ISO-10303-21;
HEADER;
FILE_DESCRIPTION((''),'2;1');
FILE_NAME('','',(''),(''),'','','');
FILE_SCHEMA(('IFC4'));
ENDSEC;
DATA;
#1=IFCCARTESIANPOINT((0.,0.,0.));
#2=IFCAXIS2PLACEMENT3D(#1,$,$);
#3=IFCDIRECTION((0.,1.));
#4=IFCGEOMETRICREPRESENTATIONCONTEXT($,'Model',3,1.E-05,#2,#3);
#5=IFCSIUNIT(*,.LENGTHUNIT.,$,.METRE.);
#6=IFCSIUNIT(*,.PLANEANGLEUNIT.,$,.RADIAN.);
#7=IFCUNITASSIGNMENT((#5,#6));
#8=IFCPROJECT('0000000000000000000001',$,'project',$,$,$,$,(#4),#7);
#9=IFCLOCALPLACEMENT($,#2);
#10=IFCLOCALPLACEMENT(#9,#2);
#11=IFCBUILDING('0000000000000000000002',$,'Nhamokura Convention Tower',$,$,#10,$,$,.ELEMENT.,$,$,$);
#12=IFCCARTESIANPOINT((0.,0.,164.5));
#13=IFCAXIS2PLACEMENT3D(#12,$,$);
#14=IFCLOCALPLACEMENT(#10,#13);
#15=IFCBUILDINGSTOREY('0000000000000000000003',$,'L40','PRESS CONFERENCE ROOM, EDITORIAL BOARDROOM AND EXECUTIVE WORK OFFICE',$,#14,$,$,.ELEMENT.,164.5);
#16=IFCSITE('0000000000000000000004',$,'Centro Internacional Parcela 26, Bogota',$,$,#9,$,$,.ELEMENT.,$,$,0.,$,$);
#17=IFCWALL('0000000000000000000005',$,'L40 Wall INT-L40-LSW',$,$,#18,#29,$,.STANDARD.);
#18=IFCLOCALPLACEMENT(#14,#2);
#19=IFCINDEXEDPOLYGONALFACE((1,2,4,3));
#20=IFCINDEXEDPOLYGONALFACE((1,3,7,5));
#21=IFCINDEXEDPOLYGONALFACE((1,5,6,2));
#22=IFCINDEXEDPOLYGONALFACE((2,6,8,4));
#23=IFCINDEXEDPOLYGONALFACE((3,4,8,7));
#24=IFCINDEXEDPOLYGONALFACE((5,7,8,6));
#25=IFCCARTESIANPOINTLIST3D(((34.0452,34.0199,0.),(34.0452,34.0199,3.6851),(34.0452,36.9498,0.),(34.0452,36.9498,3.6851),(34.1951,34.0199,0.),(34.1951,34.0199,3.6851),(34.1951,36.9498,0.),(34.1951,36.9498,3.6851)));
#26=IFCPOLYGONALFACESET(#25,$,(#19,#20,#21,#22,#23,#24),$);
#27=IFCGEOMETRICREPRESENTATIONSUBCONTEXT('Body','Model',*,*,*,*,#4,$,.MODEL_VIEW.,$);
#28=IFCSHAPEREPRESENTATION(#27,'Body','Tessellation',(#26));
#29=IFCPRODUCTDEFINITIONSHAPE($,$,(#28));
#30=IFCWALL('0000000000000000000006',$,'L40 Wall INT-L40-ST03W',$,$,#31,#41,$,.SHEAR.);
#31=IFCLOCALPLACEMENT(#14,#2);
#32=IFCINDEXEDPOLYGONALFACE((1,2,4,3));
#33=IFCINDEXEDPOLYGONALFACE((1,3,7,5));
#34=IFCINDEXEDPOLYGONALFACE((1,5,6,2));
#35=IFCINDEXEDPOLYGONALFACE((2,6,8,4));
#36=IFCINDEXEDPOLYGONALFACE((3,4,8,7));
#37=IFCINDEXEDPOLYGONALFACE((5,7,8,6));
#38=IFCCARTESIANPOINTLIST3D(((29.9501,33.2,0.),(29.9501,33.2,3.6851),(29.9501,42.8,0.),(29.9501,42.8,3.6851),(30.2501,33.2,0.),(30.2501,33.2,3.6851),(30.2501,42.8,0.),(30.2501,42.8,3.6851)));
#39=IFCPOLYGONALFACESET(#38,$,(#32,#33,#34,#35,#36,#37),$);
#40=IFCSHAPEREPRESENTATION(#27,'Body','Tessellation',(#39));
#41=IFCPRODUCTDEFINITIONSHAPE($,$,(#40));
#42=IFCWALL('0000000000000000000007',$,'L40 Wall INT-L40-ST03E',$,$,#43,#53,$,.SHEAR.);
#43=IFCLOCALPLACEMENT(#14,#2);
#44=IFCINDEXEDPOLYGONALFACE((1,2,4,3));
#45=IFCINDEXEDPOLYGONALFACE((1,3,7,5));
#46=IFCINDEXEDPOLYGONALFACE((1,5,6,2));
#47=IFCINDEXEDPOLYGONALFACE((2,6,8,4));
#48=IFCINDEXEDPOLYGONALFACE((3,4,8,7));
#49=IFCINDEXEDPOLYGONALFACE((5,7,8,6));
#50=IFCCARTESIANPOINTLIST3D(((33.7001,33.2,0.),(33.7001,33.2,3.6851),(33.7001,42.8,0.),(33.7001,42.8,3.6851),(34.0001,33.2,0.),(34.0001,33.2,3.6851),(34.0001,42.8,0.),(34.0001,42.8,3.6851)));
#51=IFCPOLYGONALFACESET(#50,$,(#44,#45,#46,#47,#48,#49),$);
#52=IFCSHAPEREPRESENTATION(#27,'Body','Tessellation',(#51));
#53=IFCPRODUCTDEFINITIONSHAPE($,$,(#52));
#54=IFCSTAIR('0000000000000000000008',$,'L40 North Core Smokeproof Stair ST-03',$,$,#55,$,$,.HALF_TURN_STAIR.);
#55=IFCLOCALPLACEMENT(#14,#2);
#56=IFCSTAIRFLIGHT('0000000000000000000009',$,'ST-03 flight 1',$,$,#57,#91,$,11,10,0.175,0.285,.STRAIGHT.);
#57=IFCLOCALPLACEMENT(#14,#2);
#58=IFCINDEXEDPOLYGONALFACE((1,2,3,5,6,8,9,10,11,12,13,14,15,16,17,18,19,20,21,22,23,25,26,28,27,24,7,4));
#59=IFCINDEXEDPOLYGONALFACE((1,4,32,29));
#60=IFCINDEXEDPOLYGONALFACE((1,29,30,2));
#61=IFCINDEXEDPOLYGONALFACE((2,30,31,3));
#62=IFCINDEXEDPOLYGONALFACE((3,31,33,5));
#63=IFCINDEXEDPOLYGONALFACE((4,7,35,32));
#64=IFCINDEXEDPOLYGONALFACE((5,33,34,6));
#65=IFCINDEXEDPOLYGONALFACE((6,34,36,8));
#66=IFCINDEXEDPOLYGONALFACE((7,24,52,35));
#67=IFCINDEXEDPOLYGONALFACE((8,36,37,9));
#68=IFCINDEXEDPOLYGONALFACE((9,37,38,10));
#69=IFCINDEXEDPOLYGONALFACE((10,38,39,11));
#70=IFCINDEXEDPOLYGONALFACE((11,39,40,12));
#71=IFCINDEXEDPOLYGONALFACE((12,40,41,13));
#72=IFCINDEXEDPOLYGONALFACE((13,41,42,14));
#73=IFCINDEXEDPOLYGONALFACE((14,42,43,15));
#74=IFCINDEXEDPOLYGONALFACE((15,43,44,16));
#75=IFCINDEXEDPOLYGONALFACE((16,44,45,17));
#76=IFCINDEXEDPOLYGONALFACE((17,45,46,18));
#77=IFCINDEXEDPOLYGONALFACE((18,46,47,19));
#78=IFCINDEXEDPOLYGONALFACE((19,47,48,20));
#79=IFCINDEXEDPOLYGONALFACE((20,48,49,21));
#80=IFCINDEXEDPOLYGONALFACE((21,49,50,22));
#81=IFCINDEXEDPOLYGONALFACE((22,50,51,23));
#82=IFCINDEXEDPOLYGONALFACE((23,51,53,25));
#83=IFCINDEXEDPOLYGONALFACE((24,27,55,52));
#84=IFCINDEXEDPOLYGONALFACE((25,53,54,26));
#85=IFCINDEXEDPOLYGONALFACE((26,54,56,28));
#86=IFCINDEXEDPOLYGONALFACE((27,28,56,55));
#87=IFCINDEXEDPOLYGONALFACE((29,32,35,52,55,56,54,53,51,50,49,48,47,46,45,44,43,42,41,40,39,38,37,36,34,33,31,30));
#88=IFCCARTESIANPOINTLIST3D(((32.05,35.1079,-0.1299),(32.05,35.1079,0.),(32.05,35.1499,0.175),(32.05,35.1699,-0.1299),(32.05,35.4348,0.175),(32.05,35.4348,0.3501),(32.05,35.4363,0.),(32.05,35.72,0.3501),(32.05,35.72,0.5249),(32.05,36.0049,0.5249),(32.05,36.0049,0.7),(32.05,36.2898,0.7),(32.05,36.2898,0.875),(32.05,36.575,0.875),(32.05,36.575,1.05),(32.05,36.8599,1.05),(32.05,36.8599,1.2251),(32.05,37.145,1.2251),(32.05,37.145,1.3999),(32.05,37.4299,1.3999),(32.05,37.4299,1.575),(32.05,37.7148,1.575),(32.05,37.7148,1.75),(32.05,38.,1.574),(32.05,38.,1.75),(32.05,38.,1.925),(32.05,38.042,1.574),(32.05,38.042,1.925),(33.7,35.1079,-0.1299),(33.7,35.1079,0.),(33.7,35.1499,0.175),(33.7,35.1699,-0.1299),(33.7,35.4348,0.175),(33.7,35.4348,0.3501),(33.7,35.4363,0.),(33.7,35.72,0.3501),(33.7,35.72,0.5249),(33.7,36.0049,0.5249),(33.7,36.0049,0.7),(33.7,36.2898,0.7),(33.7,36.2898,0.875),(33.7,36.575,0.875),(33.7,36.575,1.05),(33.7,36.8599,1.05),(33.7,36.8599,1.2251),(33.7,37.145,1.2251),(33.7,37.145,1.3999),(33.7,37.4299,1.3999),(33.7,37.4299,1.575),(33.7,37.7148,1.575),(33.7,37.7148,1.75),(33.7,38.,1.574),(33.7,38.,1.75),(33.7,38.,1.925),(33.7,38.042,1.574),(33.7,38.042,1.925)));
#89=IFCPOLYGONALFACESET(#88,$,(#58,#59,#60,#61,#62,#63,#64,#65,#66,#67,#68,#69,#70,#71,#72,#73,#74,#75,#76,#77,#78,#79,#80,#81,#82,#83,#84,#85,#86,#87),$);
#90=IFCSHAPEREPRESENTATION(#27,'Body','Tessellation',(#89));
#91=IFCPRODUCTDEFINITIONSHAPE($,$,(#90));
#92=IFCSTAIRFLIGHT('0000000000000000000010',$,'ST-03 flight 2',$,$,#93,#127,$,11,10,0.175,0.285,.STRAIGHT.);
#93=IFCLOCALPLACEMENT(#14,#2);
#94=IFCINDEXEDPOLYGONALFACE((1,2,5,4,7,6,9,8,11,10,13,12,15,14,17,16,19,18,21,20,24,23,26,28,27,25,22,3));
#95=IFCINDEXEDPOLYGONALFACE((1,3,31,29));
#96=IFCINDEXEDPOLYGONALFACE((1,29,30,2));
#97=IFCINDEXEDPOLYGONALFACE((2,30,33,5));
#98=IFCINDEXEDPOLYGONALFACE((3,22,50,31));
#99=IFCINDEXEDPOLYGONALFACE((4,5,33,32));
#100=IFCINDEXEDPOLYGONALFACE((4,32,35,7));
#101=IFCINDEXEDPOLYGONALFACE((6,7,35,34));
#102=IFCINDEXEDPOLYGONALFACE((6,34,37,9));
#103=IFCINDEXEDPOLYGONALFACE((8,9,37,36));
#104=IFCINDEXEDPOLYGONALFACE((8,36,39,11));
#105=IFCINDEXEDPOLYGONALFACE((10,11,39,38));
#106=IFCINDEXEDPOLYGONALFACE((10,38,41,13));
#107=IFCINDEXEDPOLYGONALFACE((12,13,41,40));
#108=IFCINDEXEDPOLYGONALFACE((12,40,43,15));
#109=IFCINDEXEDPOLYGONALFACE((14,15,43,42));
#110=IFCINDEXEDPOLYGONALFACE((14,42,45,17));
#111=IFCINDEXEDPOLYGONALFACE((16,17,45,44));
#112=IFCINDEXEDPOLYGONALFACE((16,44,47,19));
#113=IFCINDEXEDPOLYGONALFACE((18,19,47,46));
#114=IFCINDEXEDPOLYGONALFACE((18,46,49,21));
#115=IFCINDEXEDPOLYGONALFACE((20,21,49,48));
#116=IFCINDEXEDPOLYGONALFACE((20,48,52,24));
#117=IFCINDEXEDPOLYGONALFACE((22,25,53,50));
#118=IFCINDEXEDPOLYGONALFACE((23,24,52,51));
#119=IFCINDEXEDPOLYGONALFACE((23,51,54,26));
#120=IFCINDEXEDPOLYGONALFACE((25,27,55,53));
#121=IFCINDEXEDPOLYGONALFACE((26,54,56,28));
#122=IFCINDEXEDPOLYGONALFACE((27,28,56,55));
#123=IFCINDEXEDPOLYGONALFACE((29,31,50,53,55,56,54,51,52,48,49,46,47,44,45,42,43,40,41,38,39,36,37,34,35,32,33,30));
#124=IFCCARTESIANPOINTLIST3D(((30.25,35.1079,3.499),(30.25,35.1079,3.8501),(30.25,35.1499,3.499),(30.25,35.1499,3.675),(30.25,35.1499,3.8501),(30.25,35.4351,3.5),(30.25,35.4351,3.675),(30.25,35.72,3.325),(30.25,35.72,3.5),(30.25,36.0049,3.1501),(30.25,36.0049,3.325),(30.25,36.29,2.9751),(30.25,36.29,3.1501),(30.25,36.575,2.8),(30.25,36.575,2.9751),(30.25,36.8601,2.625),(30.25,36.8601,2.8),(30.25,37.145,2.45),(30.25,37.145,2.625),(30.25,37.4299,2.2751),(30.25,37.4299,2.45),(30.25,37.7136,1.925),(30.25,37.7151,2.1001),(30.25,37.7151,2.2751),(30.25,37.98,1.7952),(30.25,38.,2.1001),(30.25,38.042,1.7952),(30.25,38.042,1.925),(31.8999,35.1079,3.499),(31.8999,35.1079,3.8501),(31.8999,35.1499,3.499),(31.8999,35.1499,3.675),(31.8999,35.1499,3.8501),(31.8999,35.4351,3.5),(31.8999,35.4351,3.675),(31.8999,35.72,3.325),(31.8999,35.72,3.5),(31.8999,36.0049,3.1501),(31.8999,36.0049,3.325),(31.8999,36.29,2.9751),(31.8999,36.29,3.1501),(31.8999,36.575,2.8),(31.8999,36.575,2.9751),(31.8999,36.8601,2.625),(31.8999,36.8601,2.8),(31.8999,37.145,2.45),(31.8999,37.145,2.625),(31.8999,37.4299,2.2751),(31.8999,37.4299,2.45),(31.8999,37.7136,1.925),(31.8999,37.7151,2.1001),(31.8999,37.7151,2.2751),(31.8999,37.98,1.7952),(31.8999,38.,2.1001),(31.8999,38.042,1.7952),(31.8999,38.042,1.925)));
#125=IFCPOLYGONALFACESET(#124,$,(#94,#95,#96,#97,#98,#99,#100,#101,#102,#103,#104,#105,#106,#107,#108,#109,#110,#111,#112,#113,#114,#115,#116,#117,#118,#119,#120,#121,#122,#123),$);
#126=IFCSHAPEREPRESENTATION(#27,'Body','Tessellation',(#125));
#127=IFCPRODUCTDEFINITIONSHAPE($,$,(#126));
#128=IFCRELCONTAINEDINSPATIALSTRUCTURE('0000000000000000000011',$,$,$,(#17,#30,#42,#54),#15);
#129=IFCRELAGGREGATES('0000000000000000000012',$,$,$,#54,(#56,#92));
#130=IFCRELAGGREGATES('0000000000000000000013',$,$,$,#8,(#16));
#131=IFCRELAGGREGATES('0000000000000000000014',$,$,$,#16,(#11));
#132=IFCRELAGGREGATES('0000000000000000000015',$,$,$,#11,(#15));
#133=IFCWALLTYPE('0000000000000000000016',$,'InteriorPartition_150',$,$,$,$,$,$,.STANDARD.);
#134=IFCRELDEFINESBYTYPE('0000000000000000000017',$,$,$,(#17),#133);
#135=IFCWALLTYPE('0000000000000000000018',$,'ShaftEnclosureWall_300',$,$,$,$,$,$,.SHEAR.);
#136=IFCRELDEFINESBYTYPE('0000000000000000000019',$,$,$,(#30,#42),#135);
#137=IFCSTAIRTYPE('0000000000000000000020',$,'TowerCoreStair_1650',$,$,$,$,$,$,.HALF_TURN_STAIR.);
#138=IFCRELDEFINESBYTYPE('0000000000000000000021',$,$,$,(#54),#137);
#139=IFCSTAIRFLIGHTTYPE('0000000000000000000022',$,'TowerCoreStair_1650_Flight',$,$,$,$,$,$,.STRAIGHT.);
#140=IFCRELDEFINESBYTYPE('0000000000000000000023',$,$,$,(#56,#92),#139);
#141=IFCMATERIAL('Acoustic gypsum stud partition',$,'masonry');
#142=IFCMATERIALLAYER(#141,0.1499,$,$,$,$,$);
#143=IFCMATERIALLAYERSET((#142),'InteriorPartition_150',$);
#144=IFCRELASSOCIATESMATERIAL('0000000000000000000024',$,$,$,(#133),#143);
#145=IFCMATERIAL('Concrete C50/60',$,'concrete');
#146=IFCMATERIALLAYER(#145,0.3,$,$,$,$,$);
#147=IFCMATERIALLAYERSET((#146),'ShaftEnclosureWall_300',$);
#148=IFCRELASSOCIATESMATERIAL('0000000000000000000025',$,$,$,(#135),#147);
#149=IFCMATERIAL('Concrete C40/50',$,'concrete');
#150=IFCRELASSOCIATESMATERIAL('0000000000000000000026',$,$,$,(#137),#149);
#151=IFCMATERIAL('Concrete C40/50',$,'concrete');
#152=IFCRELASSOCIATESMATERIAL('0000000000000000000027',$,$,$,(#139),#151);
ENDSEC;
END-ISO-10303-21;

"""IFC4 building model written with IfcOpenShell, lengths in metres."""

from ifc_helpers import new_model, si_unit, direction, frame, frame_2d, origin, place, context, subcontext, project, spatial, polyline, rectangle, outline, extrude, material, layer, layer_set, type_object, element, aggregate, save


model = new_model("IFC4")

# Units and contexts
model_context = context("Model", 3, precision=1e-05, world=origin(), true_north=direction((0.0, 1.0)))
body_context = subcontext(model_context, "Body", "Model", "MODEL_VIEW")
ifc_project = project(units=[si_unit("LENGTHUNIT", "METRE"), si_unit("PLANEANGLEUNIT", "RADIAN")], contexts=[model_context])

# Site, building, storey
site_placement = place(None, origin())
site = spatial("IfcSite", under=ifc_project, at=site_placement, Name="Centro Internacional Parcela 26, Bogota", CompositionType="ELEMENT", RefElevation=0.0)
building_placement = place(site_placement, origin())
building = spatial("IfcBuilding", under=site, at=building_placement, Name="Nhamokura Convention Tower", CompositionType="ELEMENT")
storey_placement = place(building_placement, frame((0.0, 0.0, 164.5)))
storey = spatial("IfcBuildingStorey", under=building, at=storey_placement, Name="L40", Description="PRESS CONFERENCE ROOM, EDITORIAL BOARDROOM AND EXECUTIVE WORK OFFICE", CompositionType="ELEMENT", Elevation=164.5)

# Shared definitions
ifc_material_1 = material(Name="Acoustic gypsum stud partition", Category="masonry")
ifc_layer_1 = layer(ifc_material_1, 0.1499)
ifc_layer_set_1 = layer_set([ifc_layer_1], Name="InteriorPartition_150")
wall_type_1 = type_object("IfcWallType", Name="InteriorPartition_150", PredefinedType="STANDARD", material=ifc_layer_set_1)

# Walls
wall_1_placement = place(storey_placement, frame((34.1201, 34.02, 0.0), z_axis=(0.0, 0.0, 1.0), x_axis=(0.0, 1.0, 0.0)))
element("IfcWall", 1, at=wall_1_placement, inside=storey, type_object=wall_type_1, Name="L40 Wall INT-L40-LSW", PredefinedType="STANDARD", context=body_context, shape_type="SweptSolid", body=[
    extrude(rectangle(XDim=2.9299, YDim=0.1499, at=frame_2d((1.4648, 0.0))), origin(), (0.0, 0.0, 1.0), 3.6851),
])
ifc_material_2 = material(Name="Concrete C50/60", Category="concrete")
ifc_layer_2 = layer(ifc_material_2, 0.3)
ifc_layer_set_2 = layer_set([ifc_layer_2], Name="ShaftEnclosureWall_300")
wall_type_2 = type_object("IfcWallType", Name="ShaftEnclosureWall_300", PredefinedType="SHEAR", material=ifc_layer_set_2)
for number, where, z_axis, x_axis, name in (
    (2, (30.1001, 33.2, 0.0), (0.0, 0.0, 1.0), (0.0, 1.0, 0.0), "L40 Wall INT-L40-ST03W"),
    (3, (33.8501, 33.2, 0.0), (0.0, 0.0, 1.0), (0.0, 1.0, 0.0), "L40 Wall INT-L40-ST03E"),
):
    element("IfcWall", number, at=place(storey_placement, frame(where, z_axis=z_axis, x_axis=x_axis)), inside=storey, type_object=wall_type_2, Name=name, PredefinedType="SHEAR", context=body_context, shape_type="SweptSolid", body=[
        extrude(rectangle(XDim=9.6001, YDim=0.3, at=frame_2d((4.8, 0.0))), origin(), (0.0, 0.0, 1.0), 3.6851),
    ])

# Stair, stair flights
ifc_material_3 = material(Name="Concrete C40/50", Category="concrete")
stair_type = type_object("IfcStairType", Name="TowerCoreStair_1650", PredefinedType="HALF_TURN_STAIR", material=ifc_material_3)
stair_placement = place(storey_placement, origin())
stair = element("IfcStair", 4, at=stair_placement, inside=storey, type_object=stair_type, Name="L40 North Core Smokeproof Stair ST-03", PredefinedType="HALF_TURN_STAIR")
ifc_material_4 = material(Name="Concrete C40/50", Category="concrete")
stair_flight_type = type_object("IfcStairFlightType", Name="TowerCoreStair_1650_Flight", PredefinedType="STRAIGHT", material=ifc_material_4)
stair_flight_1_placement = place(storey_placement, frame((32.875, 35.1499, 0.0), z_axis=(0.0, 0.0, 1.0), x_axis=(0.0, 1.0, 0.0)))
stair_flight_1 = element("IfcStairFlight", 5, at=stair_flight_1_placement, type_object=stair_flight_type, Name="ST-03 flight 1", NumberOfRisers=11, NumberOfTreads=10, PredefinedType="STRAIGHT", RiserHeight=0.175, TreadLength=0.285, context=body_context, shape_type="SweptSolid", body=[
    extrude(outline(polyline([(-0.042, 0.0), (0.0, 0.175), (0.2849, 0.175), (0.2849, 0.3501), (0.5701, 0.3501), (0.5701, 0.5249), (0.855, 0.5249), (0.855, 0.7), (1.1399, 0.7), (1.1399, 0.875), (1.425, 0.875), (1.425, 1.05), (1.71, 1.05), (1.71, 1.2251), (1.9951, 1.2251), (1.9951, 1.3999), (2.28, 1.3999), (2.28, 1.575), (2.5649, 1.575), (2.5649, 1.75), (2.8501, 1.75), (2.8501, 1.925), (2.8921, 1.925), (2.8921, 1.574), (2.8501, 1.574), (0.2864, 0.0), (0.02, -0.1299), (-0.042, -0.1299), (-0.042, 0.0)])), frame((0.0, 0.825, 0.0), z_axis=(0.0, -1.0, 0.0), x_axis=(1.0, 0.0, 0.0)), (0.0, 0.0, 1.0), 1.6499),
])
stair_flight_2_placement = place(storey_placement, frame((31.075, 38.0, 1.925), z_axis=(0.0, 0.0, 1.0), x_axis=(0.0, -1.0, 0.0)))
stair_flight_2 = element("IfcStairFlight", 6, at=stair_flight_2_placement, type_object=stair_flight_type, Name="ST-03 flight 2", NumberOfRisers=11, NumberOfTreads=10, PredefinedType="STRAIGHT", RiserHeight=0.175, TreadLength=0.285, context=body_context, shape_type="SweptSolid", body=[
    extrude(outline(polyline([(-0.042, 0.0), (0.0, 0.175), (0.2849, 0.175), (0.2849, 0.3501), (0.5701, 0.3501), (0.5701, 0.5249), (0.855, 0.5249), (0.855, 0.7), (1.1399, 0.7), (1.1399, 0.875), (1.425, 0.875), (1.425, 1.05), (1.71, 1.05), (1.71, 1.2251), (1.9951, 1.2251), (1.9951, 1.3999), (2.28, 1.3999), (2.28, 1.575), (2.5649, 1.575), (2.5649, 1.75), (2.8501, 1.75), (2.8501, 1.925), (2.8921, 1.925), (2.8921, 1.574), (2.8501, 1.574), (0.2864, 0.0), (0.02, -0.1299), (-0.042, -0.1299), (-0.042, 0.0)])), frame((0.0, 0.825, 0.0), z_axis=(0.0, -1.0, 0.0), x_axis=(1.0, 0.0, 0.0)), (0.0, 0.0, 1.0), 1.6499),
])
aggregate(stair, [stair_flight_1, stair_flight_2])

save(model, "model.ifc")
